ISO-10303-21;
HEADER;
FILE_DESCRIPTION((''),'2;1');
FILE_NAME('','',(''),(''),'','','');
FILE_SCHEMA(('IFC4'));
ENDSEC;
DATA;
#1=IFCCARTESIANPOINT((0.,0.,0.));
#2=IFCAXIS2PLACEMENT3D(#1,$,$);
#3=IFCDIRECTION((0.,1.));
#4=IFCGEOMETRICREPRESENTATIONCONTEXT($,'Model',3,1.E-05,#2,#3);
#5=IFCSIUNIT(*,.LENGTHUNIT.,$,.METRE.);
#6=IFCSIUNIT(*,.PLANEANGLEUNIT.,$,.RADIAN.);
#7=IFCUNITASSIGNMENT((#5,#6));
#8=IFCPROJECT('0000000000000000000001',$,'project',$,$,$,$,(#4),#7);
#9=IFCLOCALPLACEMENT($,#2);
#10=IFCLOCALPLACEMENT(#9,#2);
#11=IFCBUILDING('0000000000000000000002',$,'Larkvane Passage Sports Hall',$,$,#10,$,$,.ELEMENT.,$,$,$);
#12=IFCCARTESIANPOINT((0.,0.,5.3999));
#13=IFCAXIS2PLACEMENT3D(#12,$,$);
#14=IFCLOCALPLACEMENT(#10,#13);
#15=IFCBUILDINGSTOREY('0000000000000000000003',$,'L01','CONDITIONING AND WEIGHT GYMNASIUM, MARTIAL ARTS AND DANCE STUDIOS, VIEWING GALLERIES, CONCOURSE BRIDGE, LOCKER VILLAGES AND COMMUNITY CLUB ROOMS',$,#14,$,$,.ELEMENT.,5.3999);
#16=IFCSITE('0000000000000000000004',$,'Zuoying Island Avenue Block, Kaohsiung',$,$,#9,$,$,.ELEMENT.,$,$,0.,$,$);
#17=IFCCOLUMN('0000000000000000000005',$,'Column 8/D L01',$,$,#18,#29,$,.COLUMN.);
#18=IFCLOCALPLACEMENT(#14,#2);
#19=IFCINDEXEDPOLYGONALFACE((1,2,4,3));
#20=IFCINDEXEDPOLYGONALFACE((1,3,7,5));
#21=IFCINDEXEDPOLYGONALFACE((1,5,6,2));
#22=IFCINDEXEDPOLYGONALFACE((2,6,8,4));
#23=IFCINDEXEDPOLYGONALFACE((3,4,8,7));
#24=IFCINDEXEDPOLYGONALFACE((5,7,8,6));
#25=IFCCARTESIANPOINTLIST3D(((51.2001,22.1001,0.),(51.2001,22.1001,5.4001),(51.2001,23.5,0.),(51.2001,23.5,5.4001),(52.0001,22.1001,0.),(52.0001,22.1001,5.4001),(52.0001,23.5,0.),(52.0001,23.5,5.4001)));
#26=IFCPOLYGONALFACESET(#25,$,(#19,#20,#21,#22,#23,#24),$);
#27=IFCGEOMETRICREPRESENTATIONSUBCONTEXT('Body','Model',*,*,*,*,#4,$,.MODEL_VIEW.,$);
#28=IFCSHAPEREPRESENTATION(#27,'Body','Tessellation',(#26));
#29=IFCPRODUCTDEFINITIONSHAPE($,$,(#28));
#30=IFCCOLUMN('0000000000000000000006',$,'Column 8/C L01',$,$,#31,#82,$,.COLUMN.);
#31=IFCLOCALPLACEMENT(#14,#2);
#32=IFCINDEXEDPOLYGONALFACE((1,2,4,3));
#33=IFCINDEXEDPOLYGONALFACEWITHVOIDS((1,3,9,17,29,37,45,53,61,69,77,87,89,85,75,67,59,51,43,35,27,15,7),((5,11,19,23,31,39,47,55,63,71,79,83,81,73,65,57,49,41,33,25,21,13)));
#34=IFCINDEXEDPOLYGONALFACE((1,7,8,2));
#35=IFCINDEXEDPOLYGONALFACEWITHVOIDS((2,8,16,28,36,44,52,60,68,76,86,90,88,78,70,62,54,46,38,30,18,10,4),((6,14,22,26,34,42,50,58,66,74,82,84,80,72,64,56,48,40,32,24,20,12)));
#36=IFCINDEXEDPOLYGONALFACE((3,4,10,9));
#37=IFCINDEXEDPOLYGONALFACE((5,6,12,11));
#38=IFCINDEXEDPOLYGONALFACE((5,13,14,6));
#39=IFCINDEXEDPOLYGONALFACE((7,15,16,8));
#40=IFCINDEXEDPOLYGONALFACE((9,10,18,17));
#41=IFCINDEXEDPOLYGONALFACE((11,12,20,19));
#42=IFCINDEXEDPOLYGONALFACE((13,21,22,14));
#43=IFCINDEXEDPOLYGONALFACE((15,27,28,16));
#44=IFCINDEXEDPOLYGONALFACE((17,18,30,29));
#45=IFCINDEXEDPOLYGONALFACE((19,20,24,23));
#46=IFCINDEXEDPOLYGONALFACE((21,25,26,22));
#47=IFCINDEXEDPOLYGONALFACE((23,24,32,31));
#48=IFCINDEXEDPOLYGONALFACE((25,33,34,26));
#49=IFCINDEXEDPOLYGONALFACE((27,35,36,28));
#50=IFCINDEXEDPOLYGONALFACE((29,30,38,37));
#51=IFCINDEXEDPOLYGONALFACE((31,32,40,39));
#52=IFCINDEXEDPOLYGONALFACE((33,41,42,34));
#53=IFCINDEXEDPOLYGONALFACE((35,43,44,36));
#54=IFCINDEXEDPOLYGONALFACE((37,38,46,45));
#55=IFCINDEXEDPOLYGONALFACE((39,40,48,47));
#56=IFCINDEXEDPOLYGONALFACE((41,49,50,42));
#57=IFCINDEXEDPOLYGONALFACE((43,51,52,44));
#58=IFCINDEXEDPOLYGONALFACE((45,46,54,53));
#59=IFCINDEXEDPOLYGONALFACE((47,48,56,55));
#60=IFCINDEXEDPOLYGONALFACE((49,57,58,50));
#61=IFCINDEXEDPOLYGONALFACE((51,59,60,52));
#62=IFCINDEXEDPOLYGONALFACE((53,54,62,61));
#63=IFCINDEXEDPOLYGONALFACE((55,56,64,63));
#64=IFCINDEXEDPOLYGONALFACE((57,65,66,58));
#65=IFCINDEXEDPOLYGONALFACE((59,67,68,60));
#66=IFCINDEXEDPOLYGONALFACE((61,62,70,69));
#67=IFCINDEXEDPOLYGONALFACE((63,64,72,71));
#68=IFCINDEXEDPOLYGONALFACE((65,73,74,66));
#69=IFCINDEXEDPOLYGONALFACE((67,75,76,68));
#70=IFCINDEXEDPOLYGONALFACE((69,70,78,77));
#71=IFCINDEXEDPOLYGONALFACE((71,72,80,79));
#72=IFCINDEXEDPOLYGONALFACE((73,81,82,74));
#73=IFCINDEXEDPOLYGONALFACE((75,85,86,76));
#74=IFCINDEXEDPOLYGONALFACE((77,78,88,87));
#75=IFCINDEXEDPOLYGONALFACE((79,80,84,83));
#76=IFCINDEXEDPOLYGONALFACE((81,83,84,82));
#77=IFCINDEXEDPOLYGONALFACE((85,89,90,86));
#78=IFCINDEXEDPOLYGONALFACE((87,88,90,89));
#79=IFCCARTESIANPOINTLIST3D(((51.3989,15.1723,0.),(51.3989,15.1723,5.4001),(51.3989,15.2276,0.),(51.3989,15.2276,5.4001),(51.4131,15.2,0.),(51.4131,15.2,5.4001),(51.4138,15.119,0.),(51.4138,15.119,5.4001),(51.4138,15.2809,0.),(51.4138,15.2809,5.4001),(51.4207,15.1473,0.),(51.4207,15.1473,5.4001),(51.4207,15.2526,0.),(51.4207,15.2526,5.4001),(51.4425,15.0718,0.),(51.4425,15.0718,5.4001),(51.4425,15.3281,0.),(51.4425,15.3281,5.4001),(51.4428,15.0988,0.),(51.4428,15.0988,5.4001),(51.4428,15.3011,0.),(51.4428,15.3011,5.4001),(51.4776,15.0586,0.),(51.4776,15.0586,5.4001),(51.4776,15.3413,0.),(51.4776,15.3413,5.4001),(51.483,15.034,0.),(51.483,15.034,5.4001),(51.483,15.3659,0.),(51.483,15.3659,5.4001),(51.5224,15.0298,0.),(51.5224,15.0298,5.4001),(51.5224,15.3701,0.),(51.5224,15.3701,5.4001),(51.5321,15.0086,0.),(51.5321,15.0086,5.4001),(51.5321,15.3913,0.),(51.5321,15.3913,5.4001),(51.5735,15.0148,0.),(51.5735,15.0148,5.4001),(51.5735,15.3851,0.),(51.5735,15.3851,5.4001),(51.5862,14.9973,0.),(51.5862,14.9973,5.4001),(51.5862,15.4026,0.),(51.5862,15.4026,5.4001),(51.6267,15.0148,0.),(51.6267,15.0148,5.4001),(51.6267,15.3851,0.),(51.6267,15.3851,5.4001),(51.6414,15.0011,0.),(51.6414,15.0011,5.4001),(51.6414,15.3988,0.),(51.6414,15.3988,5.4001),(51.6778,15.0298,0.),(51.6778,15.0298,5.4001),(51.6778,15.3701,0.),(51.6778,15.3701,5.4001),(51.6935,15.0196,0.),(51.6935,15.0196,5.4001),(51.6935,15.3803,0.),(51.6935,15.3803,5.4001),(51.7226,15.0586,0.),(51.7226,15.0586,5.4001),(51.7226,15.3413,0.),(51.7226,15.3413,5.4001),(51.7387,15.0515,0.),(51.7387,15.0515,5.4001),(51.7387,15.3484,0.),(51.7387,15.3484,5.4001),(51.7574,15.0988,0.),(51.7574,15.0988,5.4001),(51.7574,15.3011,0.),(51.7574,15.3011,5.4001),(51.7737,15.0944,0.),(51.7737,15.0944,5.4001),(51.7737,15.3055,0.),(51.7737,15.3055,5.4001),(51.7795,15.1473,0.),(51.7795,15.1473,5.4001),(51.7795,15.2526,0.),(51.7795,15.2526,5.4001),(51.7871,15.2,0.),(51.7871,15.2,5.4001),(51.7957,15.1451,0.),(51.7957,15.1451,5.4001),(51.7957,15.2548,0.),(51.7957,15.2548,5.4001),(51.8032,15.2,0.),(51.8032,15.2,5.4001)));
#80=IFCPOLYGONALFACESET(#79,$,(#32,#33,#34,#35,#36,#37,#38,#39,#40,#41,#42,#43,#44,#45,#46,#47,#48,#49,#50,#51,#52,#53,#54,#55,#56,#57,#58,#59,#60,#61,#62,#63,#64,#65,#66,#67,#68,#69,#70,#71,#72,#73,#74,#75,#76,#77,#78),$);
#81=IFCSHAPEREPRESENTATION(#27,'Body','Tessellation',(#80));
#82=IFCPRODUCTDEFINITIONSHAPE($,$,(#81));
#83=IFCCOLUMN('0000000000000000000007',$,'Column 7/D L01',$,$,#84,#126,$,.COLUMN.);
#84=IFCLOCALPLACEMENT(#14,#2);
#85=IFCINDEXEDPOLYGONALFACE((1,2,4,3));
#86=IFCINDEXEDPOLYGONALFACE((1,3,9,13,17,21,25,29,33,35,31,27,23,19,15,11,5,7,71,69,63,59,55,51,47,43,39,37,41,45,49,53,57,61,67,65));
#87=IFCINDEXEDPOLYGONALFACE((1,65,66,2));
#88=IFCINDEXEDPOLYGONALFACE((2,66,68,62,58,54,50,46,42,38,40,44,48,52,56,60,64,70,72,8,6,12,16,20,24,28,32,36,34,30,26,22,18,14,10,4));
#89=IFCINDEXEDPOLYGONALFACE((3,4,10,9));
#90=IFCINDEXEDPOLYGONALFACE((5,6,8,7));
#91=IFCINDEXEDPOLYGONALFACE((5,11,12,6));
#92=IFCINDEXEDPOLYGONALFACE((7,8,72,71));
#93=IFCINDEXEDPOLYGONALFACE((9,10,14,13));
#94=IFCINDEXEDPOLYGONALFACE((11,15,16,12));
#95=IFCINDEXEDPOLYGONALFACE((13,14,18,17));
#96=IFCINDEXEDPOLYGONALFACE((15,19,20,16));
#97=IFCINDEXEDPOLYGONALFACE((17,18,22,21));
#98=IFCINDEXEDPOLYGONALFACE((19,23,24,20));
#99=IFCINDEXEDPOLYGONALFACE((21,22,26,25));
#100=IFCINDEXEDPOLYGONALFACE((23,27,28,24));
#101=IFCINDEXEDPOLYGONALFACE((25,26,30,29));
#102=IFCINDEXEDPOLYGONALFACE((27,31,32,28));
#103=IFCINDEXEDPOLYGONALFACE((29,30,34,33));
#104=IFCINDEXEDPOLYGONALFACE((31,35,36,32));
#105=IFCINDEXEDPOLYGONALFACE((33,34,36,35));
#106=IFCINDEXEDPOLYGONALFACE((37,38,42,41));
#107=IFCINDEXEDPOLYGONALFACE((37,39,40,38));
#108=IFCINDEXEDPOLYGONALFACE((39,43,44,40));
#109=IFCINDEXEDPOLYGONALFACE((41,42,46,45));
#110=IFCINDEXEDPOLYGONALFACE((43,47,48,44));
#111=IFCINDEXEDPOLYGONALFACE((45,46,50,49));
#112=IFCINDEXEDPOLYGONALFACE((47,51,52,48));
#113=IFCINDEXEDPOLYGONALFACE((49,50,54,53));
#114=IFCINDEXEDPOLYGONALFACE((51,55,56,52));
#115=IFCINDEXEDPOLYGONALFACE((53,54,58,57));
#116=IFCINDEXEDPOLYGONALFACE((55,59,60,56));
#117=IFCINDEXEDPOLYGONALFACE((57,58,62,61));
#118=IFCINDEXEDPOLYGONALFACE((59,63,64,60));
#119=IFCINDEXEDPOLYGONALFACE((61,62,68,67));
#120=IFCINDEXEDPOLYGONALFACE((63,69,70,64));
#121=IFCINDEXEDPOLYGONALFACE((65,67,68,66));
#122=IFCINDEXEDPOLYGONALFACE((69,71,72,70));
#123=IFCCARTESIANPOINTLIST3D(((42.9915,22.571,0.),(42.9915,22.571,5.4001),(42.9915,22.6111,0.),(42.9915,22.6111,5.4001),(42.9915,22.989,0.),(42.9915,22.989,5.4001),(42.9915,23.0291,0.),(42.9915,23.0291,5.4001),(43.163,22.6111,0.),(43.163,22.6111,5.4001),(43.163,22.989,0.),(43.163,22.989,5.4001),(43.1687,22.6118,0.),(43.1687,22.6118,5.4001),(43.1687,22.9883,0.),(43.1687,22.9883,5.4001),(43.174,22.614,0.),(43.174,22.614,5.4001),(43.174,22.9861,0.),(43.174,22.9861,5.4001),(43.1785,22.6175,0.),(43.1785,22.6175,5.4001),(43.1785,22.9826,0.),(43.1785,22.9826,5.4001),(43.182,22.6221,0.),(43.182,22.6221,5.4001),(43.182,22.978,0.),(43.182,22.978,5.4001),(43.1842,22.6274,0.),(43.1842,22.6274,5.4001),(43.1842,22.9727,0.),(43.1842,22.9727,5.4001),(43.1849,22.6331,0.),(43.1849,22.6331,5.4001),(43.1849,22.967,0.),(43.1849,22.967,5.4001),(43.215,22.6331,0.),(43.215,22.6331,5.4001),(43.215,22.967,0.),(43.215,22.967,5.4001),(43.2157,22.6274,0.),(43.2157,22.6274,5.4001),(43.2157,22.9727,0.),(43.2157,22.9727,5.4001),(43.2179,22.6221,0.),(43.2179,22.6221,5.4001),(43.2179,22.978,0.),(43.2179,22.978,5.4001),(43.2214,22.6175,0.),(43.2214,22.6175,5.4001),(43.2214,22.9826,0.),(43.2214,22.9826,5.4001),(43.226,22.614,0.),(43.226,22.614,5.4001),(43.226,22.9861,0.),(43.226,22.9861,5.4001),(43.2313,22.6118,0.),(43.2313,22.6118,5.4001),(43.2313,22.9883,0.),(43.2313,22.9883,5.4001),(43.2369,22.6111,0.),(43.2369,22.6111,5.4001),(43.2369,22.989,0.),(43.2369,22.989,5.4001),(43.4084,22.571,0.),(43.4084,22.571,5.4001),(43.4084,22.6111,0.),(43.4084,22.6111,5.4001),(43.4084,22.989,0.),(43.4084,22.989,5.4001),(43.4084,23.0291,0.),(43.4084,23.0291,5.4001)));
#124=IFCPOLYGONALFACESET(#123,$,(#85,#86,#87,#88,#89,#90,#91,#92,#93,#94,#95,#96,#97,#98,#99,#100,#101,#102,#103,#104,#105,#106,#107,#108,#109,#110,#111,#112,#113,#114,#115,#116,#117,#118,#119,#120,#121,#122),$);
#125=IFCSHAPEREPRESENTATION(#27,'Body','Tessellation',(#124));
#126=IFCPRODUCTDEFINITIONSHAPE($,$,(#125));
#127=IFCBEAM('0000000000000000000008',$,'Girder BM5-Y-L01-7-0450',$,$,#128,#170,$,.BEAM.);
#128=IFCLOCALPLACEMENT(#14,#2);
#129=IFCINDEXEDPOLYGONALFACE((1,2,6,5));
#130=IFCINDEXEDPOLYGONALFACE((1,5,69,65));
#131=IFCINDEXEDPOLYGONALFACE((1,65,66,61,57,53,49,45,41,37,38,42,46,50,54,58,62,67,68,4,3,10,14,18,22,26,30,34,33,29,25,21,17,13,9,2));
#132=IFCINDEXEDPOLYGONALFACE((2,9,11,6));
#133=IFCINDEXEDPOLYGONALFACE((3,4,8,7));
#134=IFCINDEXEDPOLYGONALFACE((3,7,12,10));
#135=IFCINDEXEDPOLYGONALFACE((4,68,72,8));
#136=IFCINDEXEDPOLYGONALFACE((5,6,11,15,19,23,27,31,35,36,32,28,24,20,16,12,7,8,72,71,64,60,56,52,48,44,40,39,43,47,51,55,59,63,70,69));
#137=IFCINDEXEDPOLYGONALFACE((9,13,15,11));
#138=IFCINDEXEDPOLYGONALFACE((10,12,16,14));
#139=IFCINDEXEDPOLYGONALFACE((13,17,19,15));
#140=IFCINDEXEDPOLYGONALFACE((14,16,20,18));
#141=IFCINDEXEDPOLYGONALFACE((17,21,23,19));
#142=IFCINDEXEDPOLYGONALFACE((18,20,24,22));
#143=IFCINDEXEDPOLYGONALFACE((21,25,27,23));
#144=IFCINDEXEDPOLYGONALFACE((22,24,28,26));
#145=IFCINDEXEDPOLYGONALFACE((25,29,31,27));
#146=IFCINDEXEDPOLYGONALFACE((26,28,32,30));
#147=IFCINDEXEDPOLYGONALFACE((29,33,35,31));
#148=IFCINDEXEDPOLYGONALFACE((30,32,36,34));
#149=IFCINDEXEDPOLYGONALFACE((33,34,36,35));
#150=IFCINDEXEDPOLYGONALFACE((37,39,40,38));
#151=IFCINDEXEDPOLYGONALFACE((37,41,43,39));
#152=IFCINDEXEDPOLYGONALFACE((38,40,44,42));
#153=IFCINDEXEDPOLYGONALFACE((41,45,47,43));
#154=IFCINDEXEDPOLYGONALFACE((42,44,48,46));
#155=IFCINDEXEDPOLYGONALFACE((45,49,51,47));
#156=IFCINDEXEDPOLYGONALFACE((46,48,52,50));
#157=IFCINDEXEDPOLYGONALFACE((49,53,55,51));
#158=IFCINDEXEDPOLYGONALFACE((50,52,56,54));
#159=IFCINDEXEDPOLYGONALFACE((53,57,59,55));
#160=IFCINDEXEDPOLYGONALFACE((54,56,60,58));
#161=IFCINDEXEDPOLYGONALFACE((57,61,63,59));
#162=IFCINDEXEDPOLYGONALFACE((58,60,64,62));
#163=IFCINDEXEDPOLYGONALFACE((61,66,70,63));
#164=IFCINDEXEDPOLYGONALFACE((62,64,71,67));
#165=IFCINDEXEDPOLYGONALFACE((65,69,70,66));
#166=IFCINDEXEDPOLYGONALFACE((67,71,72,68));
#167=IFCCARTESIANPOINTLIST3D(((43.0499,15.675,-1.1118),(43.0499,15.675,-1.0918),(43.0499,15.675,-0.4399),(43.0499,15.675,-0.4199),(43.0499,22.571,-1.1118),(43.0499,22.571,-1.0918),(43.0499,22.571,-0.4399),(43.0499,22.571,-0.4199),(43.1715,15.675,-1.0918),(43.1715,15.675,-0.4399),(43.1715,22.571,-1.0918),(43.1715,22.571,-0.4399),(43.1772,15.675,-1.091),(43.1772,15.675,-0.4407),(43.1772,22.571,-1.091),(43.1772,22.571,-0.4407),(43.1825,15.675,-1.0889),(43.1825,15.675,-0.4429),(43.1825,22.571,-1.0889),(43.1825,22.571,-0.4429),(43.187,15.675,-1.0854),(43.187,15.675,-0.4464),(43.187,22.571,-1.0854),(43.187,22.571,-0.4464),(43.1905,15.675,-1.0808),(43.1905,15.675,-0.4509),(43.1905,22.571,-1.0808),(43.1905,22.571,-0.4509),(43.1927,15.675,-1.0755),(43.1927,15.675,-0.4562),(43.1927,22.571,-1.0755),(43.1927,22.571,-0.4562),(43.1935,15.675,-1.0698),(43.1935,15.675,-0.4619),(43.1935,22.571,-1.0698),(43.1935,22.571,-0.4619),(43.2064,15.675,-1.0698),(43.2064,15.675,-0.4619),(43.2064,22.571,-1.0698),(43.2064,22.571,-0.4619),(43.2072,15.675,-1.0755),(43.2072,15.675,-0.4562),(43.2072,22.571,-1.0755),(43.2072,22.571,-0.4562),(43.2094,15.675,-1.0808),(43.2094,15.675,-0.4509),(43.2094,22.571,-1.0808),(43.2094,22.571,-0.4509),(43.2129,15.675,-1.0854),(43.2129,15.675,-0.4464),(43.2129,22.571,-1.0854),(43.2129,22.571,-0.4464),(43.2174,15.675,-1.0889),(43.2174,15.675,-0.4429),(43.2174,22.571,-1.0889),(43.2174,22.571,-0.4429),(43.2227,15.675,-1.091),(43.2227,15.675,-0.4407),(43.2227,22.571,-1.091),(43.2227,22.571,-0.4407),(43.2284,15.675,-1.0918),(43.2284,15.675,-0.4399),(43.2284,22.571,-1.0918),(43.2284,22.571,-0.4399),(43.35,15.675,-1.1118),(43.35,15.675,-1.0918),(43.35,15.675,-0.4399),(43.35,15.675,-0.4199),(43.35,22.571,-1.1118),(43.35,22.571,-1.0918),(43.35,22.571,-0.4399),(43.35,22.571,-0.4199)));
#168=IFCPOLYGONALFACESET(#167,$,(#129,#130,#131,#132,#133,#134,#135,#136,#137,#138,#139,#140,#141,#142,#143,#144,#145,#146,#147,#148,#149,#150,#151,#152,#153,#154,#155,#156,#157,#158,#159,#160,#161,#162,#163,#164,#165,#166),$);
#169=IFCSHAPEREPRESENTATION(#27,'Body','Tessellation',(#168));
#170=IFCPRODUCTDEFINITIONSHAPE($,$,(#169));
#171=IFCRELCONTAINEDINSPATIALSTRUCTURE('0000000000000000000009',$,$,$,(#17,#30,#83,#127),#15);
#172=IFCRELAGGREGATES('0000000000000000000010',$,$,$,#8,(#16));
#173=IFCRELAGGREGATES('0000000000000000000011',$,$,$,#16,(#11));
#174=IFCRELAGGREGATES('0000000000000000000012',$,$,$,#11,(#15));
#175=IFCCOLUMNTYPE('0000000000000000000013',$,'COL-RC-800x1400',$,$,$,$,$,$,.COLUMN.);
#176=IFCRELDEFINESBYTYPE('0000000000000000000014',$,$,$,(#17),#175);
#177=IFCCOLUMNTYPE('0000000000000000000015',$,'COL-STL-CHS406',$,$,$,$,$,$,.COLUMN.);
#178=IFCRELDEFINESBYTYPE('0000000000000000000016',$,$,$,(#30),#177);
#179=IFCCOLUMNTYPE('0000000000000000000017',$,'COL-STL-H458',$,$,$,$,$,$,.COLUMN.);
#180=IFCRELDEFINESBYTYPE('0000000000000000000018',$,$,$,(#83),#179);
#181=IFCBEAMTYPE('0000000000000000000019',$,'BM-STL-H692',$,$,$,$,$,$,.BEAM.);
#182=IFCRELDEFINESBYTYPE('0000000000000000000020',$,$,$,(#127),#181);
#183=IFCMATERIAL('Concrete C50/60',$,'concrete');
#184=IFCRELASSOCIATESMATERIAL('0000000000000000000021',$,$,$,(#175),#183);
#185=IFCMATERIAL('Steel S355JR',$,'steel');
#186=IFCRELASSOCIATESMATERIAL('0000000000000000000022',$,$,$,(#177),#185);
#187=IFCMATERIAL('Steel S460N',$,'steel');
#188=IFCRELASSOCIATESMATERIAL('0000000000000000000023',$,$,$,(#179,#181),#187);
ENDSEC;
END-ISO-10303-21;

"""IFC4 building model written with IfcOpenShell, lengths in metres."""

from ifc_helpers import new_model, si_unit, direction, frame, origin, origin_2d, place, context, subcontext, project, spatial, rectangle, hollow_circle, i_section, extrude, material, material_profile, profile_set, type_object, element, save


model = new_model("IFC4")

# Units and contexts
model_context = context("Model", 3, precision=1e-05, world=origin(), true_north=direction((0.0, 1.0)))
body_context = subcontext(model_context, "Body", "Model", "MODEL_VIEW")
ifc_project = project(units=[si_unit("LENGTHUNIT", "METRE"), si_unit("PLANEANGLEUNIT", "RADIAN")], contexts=[model_context])

# Site, building, storey
site_placement = place(None, origin())
site = spatial("IfcSite", under=ifc_project, at=site_placement, Name="Zuoying Island Avenue Block, Kaohsiung", CompositionType="ELEMENT", RefElevation=0.0)
building_placement = place(site_placement, origin())
building = spatial("IfcBuilding", under=site, at=building_placement, Name="Larkvane Passage Sports Hall", CompositionType="ELEMENT")
storey_placement = place(building_placement, frame((0.0, 0.0, 5.3999)))
storey = spatial("IfcBuildingStorey", under=building, at=storey_placement, Name="L01", Description="CONDITIONING AND WEIGHT GYMNASIUM, MARTIAL ARTS AND DANCE STUDIOS, VIEWING GALLERIES, CONCOURSE BRIDGE, LOCKER VILLAGES AND COMMUNITY CLUB ROOMS", CompositionType="ELEMENT", Elevation=5.3999)

# Columns
ifc_material_1 = material(Name="Concrete C50/60", Category="concrete")
ifc_material_profile_1 = material_profile(ifc_material_1, rectangle(XDim=0.8, YDim=1.3999, at=origin_2d()), Name="RC-COL-800x1400")
ifc_profile_set_1 = profile_set([ifc_material_profile_1], Name="Concrete C50/60")
column_type_1 = type_object("IfcColumnType", Name="COL-RC-800x1400", PredefinedType="COLUMN", material=ifc_profile_set_1)
column_1_placement = place(storey_placement, frame((51.6001, 22.8, 0.0), z_axis=(0.0, 0.0, 1.0), x_axis=(1.0, 0.0, 0.0)))
element("IfcColumn", 1, at=column_1_placement, inside=storey, type_object=column_type_1, Name="Column 8/D L01", PredefinedType="COLUMN", context=body_context, shape_type="SweptSolid", body=[
    extrude(rectangle(XDim=0.8, YDim=1.3999, at=origin_2d()), origin(), (0.0, 0.0, 1.0), 5.4001),
])
ifc_material_2 = material(Name="Steel S355JR", Category="steel")
ifc_material_profile_2 = material_profile(ifc_material_2, hollow_circle(Radius=0.2031, WallThickness=0.0161, at=origin_2d()), Name="CHS-406.4x16.0")
ifc_profile_set_2 = profile_set([ifc_material_profile_2], Name="Steel S355JR")
column_type_2 = type_object("IfcColumnType", Name="COL-STL-CHS406", PredefinedType="COLUMN", material=ifc_profile_set_2)
column_2_placement = place(storey_placement, frame((51.6001, 15.2, 0.0), z_axis=(0.0, 0.0, 1.0), x_axis=(1.0, 0.0, 0.0)))
element("IfcColumn", 2, at=column_2_placement, inside=storey, type_object=column_type_2, Name="Column 8/C L01", PredefinedType="COLUMN", context=body_context, shape_type="SweptSolid", body=[
    extrude(hollow_circle(Radius=0.2031, WallThickness=0.0161, at=origin_2d()), origin(), (0.0, 0.0, 1.0), 5.4001),
])
ifc_material_3 = material(Name="Steel S460N", Category="steel")
ifc_material_profile_3 = material_profile(ifc_material_3, i_section(OverallWidth=0.417, OverallDepth=0.458, WebThickness=0.03, FlangeThickness=0.04, FilletRadius=0.022, at=origin_2d()), Name="H-458x417x30x40")
ifc_profile_set_3 = profile_set([ifc_material_profile_3], Name="Steel S460N")
column_type_3 = type_object("IfcColumnType", Name="COL-STL-H458", PredefinedType="COLUMN", material=ifc_profile_set_3)
column_3_placement = place(storey_placement, frame((43.2, 22.8, 0.0), z_axis=(0.0, 0.0, 1.0), x_axis=(1.0, 0.0, 0.0)))
element("IfcColumn", 3, at=column_3_placement, inside=storey, type_object=column_type_3, Name="Column 7/D L01", PredefinedType="COLUMN", context=body_context, shape_type="SweptSolid", body=[
    extrude(i_section(OverallWidth=0.417, OverallDepth=0.458, WebThickness=0.03, FlangeThickness=0.04, FilletRadius=0.022, at=origin_2d()), origin(), (0.0, 0.0, 1.0), 5.4001),
])

# Beam
ifc_material_profile_4 = material_profile(ifc_material_3, i_section(OverallWidth=0.3, OverallDepth=0.6919, WebThickness=0.0129, FlangeThickness=0.02, FilletRadius=0.022, at=origin_2d()), Name="H-692x300x13x20")
ifc_profile_set_4 = profile_set([ifc_material_profile_4], Name="Steel S460N")
beam_type_1 = type_object("IfcBeamType", Name="BM-STL-H692", PredefinedType="BEAM", material=ifc_profile_set_4)
beam_1_placement = place(storey_placement, frame((43.2, 15.675, -0.7659), z_axis=(0.0, 1.0, 0.0), x_axis=(-1.0, 0.0, 0.0)))
element("IfcBeam", 4, at=beam_1_placement, inside=storey, type_object=beam_type_1, Name="Girder BM5-Y-L01-7-0450", PredefinedType="BEAM", context=body_context, shape_type="SweptSolid", body=[
    extrude(i_section(OverallWidth=0.3, OverallDepth=0.6919, WebThickness=0.0129, FlangeThickness=0.02, FilletRadius=0.022, at=origin_2d()), origin(), (0.0, 0.0, 1.0), 6.896),
])

save(model, "model.ifc")
